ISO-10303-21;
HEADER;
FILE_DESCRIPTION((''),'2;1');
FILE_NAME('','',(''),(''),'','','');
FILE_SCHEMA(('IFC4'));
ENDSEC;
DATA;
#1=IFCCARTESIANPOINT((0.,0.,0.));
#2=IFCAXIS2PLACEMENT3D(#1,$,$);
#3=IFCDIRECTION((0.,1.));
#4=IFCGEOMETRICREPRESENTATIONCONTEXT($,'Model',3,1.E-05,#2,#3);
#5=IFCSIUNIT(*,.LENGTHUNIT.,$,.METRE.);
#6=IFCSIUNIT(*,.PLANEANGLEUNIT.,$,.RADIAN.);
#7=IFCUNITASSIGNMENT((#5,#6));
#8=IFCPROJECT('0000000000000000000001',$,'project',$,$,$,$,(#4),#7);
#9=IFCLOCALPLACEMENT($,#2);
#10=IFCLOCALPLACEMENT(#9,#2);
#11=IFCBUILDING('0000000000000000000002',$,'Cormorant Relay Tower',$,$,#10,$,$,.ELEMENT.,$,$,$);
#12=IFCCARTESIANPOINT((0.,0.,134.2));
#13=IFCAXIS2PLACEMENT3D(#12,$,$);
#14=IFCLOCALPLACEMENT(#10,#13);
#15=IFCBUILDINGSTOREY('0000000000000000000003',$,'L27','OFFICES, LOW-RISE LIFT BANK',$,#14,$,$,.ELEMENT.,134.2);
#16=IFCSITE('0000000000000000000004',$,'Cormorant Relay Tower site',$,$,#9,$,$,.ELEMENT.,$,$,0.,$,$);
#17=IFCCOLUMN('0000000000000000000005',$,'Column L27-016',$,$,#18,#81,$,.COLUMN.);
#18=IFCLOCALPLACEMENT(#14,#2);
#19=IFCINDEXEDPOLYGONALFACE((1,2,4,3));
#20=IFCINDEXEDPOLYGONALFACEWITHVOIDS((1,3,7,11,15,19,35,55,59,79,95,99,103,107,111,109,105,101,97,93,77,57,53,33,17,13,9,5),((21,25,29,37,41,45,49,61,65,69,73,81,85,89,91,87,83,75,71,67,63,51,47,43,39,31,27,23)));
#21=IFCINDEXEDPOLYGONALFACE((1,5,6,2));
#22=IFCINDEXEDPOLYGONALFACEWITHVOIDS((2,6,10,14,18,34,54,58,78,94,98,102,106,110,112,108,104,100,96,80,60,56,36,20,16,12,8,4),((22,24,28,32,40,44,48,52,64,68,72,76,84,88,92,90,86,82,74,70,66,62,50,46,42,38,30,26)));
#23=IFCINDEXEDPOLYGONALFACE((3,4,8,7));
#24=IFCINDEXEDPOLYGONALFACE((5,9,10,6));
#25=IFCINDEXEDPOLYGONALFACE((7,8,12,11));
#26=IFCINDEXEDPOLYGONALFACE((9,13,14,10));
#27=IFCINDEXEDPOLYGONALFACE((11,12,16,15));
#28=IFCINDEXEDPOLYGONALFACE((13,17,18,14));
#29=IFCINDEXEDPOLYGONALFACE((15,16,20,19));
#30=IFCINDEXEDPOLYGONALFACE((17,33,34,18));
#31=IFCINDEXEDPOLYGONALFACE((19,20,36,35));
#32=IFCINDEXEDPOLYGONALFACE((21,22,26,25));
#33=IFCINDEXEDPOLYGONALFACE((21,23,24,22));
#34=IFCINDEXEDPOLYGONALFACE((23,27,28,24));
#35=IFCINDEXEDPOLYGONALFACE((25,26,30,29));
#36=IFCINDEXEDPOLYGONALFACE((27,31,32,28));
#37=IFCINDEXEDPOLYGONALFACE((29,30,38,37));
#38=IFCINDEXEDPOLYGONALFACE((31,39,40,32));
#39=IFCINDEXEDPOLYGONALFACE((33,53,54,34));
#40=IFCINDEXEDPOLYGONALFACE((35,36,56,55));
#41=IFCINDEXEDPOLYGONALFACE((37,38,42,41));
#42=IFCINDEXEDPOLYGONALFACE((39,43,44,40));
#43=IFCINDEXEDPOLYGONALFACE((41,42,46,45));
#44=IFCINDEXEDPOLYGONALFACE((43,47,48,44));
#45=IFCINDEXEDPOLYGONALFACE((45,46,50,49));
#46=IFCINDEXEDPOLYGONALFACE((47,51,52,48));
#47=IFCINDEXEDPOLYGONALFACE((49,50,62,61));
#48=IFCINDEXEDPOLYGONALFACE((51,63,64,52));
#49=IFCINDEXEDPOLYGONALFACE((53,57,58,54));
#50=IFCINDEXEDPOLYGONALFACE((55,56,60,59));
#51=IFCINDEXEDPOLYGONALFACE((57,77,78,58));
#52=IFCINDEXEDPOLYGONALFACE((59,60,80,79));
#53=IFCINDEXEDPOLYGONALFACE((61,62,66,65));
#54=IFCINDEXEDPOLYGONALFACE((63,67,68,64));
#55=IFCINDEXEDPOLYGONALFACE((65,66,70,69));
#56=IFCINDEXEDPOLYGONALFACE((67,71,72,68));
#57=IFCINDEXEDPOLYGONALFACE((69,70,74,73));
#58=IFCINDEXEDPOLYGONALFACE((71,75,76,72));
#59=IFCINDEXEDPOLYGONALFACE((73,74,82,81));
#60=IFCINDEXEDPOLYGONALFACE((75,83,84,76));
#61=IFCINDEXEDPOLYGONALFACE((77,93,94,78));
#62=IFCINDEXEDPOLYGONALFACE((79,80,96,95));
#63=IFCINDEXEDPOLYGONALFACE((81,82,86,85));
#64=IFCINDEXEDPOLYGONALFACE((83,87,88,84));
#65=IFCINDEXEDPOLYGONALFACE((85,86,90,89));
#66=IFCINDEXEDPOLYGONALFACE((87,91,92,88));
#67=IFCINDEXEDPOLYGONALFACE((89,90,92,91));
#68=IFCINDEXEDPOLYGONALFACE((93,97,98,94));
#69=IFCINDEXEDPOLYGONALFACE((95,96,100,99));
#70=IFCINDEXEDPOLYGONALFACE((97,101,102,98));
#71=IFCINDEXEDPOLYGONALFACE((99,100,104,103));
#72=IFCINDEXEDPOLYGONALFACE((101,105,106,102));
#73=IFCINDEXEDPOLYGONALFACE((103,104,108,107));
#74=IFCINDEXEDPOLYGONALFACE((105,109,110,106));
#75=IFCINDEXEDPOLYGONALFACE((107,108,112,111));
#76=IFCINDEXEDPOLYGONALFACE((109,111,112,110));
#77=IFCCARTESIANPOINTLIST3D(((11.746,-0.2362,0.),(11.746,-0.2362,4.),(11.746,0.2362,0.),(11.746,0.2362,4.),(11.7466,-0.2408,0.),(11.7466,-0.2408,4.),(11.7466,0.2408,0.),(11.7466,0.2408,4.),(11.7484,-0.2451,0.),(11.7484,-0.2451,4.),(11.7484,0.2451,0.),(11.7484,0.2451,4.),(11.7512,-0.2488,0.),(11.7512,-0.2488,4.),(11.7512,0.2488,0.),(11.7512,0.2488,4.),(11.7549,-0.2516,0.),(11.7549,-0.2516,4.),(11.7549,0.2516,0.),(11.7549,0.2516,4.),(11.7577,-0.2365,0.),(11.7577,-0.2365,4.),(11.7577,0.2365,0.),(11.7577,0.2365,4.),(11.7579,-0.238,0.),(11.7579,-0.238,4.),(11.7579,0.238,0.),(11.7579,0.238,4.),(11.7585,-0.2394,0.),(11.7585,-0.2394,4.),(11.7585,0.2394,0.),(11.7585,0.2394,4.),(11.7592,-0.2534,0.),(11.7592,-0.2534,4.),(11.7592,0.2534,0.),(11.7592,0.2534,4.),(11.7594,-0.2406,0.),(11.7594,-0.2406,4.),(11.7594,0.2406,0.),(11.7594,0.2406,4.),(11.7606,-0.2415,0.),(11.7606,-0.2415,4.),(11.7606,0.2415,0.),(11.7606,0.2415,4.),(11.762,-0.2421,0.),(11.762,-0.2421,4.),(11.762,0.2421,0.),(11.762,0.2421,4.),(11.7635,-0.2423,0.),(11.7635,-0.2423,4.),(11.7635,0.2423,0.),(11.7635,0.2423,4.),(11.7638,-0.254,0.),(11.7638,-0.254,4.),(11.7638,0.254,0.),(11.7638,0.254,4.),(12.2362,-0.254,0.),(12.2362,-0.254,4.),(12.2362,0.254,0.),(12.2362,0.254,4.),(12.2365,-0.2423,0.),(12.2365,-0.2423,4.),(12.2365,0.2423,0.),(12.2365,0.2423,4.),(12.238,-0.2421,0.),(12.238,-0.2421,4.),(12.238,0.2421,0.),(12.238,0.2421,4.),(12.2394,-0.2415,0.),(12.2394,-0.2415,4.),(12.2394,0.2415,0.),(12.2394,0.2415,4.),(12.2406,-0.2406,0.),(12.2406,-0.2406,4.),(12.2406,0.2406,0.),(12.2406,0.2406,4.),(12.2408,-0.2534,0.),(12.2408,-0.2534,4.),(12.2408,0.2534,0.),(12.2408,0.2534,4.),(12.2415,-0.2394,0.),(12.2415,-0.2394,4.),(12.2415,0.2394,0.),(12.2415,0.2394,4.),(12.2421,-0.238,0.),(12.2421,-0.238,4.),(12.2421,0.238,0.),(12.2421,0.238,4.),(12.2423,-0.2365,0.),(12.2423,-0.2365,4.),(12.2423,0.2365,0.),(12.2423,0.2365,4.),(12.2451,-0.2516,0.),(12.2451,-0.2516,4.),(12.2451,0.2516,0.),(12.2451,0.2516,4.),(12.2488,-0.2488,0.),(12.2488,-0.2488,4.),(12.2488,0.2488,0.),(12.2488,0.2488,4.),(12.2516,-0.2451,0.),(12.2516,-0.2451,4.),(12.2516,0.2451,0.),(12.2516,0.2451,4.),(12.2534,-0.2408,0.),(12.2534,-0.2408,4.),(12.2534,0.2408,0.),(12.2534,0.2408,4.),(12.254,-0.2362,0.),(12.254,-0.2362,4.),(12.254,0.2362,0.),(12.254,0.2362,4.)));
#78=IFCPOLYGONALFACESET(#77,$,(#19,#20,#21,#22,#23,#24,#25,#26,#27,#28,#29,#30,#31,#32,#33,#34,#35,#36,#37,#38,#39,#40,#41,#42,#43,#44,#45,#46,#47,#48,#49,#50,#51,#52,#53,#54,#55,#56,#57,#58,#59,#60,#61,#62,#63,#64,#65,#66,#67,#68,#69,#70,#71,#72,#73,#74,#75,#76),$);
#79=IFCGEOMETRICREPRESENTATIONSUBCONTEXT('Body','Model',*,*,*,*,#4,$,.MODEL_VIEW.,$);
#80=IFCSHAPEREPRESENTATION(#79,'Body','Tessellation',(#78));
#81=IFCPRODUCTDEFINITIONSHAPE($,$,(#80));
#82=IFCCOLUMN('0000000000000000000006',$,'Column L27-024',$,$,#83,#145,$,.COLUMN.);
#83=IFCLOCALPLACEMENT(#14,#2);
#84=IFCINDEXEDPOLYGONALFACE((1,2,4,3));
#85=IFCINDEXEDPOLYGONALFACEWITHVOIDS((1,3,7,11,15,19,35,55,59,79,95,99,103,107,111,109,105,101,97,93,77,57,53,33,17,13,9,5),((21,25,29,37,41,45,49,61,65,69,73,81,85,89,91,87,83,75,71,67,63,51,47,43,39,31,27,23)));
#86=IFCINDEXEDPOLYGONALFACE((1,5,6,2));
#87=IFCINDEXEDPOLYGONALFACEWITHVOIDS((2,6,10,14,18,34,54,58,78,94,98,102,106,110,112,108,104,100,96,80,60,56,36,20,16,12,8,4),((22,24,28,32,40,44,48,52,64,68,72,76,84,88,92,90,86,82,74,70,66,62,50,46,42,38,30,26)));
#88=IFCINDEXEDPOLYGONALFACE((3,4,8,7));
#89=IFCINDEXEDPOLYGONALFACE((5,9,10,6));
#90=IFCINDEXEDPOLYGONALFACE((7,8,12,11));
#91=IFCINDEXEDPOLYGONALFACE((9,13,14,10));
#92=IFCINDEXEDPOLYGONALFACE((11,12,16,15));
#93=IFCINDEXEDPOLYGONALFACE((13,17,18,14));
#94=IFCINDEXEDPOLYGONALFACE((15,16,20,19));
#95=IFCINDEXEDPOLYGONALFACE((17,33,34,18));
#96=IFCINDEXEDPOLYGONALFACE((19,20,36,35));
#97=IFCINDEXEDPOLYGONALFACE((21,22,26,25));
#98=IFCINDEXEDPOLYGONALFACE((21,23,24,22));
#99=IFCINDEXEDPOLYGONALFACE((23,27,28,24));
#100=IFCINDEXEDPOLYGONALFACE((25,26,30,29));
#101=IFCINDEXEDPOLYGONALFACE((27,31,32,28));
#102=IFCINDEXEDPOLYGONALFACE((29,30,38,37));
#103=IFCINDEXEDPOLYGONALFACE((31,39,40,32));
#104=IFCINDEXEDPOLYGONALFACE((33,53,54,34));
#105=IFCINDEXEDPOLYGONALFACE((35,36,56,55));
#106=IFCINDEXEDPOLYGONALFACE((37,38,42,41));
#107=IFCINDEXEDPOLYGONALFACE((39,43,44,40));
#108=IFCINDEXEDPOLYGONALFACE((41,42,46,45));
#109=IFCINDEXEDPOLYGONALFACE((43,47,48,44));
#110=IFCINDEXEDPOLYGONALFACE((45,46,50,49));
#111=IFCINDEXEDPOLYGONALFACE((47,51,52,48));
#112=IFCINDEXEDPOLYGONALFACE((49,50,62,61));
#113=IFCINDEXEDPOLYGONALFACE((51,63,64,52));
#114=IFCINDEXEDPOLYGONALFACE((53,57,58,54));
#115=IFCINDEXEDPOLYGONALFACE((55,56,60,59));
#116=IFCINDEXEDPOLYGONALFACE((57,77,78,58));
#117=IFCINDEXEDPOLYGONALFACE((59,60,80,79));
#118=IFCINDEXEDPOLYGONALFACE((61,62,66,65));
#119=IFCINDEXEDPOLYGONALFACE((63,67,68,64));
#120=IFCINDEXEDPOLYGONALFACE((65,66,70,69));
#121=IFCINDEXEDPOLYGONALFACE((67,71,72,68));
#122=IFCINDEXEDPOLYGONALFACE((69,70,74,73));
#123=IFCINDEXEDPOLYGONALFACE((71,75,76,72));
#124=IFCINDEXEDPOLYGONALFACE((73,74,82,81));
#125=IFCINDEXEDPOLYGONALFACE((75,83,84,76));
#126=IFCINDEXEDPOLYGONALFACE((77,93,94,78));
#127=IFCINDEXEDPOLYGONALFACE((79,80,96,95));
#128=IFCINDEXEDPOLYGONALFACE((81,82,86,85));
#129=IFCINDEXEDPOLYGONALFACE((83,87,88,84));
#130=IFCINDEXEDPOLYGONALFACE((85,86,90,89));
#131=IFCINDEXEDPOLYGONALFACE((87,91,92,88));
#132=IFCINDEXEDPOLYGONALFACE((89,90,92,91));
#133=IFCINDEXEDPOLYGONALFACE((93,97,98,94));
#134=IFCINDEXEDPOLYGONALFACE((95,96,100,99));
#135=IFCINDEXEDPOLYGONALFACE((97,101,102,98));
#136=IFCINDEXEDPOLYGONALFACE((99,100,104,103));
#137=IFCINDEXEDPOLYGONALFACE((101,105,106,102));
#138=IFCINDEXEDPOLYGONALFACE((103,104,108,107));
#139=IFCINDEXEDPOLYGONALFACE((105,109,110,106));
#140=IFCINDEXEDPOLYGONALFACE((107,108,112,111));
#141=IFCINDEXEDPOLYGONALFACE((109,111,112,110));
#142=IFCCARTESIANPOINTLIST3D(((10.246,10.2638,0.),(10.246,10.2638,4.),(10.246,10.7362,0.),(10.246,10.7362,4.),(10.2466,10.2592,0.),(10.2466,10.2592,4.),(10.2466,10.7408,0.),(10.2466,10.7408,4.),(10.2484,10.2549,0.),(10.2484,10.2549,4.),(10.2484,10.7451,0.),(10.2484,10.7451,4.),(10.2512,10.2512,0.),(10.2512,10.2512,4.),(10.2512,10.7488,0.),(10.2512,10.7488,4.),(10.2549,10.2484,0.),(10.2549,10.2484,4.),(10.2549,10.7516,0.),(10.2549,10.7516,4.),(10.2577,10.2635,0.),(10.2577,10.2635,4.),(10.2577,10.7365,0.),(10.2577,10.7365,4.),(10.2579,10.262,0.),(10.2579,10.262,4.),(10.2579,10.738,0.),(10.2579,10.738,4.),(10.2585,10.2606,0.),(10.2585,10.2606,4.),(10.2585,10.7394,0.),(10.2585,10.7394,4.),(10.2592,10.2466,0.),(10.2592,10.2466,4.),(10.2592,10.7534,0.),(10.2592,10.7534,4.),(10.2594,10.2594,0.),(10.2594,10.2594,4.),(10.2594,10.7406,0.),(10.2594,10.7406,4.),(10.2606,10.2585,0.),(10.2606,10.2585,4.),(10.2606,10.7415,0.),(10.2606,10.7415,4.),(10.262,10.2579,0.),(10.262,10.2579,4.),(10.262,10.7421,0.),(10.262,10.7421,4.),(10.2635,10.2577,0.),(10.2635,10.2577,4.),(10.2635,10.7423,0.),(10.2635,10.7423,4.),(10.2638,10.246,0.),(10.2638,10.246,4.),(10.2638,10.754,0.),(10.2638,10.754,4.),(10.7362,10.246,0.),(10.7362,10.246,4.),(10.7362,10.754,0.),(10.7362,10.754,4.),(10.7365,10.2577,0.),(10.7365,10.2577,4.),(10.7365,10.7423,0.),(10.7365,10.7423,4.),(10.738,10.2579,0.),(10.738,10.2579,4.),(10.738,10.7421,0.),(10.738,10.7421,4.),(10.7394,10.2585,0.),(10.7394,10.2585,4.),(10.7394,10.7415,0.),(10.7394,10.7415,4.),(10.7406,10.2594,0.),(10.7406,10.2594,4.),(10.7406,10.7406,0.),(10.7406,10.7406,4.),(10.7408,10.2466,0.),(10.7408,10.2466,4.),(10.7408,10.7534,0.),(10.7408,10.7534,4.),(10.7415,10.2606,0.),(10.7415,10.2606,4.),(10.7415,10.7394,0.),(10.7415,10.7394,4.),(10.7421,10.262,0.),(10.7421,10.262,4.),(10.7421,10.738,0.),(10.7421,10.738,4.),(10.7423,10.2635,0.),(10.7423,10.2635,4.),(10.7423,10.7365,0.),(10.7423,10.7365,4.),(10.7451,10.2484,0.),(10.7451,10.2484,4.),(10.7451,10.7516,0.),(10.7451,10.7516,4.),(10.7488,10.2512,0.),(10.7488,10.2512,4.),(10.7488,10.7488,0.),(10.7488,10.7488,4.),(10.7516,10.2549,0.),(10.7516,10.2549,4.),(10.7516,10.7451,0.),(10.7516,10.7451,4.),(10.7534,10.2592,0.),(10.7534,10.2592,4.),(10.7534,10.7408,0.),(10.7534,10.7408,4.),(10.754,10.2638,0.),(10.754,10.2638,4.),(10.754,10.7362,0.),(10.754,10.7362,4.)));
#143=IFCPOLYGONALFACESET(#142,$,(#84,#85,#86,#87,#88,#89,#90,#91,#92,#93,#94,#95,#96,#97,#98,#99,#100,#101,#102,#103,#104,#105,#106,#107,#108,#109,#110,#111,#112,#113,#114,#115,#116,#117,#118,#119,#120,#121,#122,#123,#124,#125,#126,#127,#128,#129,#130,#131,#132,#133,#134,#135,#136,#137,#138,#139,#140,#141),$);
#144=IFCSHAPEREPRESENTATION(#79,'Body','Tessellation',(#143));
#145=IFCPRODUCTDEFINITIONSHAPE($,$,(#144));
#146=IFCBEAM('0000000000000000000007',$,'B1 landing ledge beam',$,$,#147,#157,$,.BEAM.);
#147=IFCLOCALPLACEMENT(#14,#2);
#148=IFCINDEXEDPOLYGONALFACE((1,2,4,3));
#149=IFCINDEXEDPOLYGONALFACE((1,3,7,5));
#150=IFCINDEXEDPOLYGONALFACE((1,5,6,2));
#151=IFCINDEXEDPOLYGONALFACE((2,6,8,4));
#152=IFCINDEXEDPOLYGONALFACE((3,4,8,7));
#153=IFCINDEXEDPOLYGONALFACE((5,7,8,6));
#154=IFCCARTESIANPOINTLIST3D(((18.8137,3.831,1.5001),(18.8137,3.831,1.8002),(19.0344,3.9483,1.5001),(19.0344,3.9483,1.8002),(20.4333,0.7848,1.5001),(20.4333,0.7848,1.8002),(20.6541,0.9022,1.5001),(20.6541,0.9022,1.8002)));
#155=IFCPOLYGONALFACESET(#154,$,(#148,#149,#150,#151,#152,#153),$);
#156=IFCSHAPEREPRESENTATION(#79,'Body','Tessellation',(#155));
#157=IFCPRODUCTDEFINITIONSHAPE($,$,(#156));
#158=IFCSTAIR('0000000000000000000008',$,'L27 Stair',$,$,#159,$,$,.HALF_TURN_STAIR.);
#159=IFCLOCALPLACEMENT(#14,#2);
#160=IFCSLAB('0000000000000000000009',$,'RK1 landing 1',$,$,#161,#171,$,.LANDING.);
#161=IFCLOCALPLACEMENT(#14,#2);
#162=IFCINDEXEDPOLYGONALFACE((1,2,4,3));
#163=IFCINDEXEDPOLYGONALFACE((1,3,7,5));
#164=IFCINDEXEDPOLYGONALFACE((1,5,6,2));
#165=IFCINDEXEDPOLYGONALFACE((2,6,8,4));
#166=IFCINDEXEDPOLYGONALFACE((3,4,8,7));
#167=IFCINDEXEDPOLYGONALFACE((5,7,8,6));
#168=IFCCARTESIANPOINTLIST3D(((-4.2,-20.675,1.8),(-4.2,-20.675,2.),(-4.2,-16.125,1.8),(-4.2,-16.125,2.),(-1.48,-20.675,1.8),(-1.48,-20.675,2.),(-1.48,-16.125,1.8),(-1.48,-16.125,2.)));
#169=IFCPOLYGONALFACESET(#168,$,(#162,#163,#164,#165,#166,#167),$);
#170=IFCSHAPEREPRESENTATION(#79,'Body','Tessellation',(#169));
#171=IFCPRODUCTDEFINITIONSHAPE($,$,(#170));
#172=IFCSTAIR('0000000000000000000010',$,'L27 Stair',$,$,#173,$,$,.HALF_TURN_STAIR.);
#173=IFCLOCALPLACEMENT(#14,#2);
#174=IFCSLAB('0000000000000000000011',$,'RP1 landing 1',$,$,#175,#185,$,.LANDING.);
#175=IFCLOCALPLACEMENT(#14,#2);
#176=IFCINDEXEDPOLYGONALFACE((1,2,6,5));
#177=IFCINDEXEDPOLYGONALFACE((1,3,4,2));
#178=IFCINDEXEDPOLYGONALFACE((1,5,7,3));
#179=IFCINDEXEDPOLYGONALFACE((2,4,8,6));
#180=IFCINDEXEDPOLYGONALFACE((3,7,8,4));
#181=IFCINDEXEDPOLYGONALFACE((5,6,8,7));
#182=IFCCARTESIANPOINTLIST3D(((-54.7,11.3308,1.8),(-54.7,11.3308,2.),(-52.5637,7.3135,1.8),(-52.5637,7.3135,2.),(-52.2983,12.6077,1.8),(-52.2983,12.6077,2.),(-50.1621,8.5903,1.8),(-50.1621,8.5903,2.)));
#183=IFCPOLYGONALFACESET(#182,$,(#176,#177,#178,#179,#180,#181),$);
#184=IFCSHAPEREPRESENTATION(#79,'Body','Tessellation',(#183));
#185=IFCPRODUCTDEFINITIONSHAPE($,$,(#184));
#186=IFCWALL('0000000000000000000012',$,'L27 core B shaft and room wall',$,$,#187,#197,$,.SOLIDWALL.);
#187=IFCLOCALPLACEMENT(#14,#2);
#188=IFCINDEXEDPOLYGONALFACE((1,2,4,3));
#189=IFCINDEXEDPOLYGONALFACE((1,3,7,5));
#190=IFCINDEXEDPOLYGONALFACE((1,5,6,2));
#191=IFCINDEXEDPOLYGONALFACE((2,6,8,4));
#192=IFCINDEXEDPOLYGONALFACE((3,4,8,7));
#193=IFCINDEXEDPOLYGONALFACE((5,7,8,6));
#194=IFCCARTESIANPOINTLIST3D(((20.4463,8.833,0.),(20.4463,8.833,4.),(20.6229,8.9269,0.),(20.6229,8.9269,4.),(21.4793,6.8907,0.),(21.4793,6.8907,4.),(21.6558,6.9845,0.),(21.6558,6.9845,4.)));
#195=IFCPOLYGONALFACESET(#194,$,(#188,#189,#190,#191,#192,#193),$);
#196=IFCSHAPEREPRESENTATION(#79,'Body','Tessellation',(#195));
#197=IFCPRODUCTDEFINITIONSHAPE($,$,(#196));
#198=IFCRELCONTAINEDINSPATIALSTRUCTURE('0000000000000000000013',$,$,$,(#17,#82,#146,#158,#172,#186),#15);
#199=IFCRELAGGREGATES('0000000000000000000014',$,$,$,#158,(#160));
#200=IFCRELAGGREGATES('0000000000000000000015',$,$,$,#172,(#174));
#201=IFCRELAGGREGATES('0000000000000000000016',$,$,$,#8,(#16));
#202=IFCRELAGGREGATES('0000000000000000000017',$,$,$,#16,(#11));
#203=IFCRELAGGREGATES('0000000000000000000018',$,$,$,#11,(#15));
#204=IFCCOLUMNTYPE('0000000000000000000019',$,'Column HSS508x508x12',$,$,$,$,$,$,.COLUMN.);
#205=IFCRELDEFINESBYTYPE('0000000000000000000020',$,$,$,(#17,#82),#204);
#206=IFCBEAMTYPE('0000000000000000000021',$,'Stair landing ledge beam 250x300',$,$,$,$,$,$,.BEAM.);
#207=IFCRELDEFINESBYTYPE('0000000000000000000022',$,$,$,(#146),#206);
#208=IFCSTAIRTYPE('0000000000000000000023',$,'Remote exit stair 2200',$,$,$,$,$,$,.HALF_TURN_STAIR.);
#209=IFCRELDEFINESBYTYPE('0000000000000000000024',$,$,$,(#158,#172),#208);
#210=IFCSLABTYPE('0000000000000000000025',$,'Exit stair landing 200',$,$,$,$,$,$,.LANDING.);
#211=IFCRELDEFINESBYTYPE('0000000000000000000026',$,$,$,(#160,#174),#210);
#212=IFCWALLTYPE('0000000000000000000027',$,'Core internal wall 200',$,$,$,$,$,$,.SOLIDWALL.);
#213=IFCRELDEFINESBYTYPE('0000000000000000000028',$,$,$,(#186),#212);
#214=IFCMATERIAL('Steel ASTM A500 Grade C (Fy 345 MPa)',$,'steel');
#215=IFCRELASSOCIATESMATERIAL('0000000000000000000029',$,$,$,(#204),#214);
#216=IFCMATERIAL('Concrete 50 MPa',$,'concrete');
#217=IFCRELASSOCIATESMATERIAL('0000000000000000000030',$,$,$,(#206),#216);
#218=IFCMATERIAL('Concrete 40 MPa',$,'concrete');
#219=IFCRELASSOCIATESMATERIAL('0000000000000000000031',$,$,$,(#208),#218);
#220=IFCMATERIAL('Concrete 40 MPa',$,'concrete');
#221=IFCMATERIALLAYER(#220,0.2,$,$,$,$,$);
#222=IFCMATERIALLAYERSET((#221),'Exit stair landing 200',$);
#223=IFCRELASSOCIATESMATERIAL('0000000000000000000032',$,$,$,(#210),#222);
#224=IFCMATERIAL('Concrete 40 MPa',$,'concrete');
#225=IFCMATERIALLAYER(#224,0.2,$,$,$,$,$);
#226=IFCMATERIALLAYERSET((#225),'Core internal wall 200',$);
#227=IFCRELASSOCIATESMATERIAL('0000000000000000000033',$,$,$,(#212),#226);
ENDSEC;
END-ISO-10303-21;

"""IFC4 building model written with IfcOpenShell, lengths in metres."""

from ifc_helpers import new_model, si_unit, direction, frame, frame_2d, origin, origin_2d, place, context, subcontext, project, spatial, polyline, rectangle, hollow_rectangle, outline, extrude, material, layer, layer_set, material_profile, profile_set, type_object, element, aggregate, save


model = new_model("IFC4")

# Units and contexts
model_context = context("Model", 3, precision=1e-05, world=origin(), true_north=direction((0.0, 1.0)))
body_context = subcontext(model_context, "Body", "Model", "MODEL_VIEW")
ifc_project = project(units=[si_unit("LENGTHUNIT", "METRE"), si_unit("PLANEANGLEUNIT", "RADIAN")], contexts=[model_context])

# Site, building, storey
site_placement = place(None, origin())
site = spatial("IfcSite", under=ifc_project, at=site_placement, Name="Cormorant Relay Tower site", CompositionType="ELEMENT", RefElevation=0.0)
building_placement = place(site_placement, origin())
building = spatial("IfcBuilding", under=site, at=building_placement, Name="Cormorant Relay Tower", CompositionType="ELEMENT")
storey_placement = place(building_placement, frame((0.0, 0.0, 134.2)))
storey = spatial("IfcBuildingStorey", under=building, at=storey_placement, Name="L27", Description="OFFICES, LOW-RISE LIFT BANK", CompositionType="ELEMENT", Elevation=134.2)

# Columns
ifc_material_1 = material(Name="Steel ASTM A500 Grade C (Fy 345 MPa)", Category="steel")
ifc_material_profile_1 = material_profile(ifc_material_1, hollow_rectangle(XDim=0.5081, YDim=0.5081, WallThickness=0.0117, InnerFilletRadius=0.0059, OuterFilletRadius=0.0178, at=origin_2d()), Name="HSS508x508x12")
ifc_profile_set_1 = profile_set([ifc_material_profile_1], Name="Steel ASTM A500 Grade C (Fy 345 MPa)")
column_type = type_object("IfcColumnType", Name="Column HSS508x508x12", PredefinedType="COLUMN", material=ifc_profile_set_1)
for number, where, z_axis, x_axis, name in (
    (1, (12.0, 0.0, 0.0), (0.0, 0.0, 1.0), (1.0, 0.0, 0.0), "Column L27-016"),
    (2, (10.5, 10.5, 0.0), (0.0, 0.0, 1.0), (1.0, 0.0, 0.0), "Column L27-024"),
):
    element("IfcColumn", number, at=place(storey_placement, frame(where, z_axis=z_axis, x_axis=x_axis)), inside=storey, type_object=column_type, Name=name, PredefinedType="COLUMN", context=body_context, shape_type="SweptSolid", body=[
        extrude(hollow_rectangle(XDim=0.5081, YDim=0.5081, WallThickness=0.0117, InnerFilletRadius=0.0059, OuterFilletRadius=0.0178, at=origin_2d()), origin(), (0.0, 0.0, 1.0), 4.0),
    ])

# Beam
ifc_material_2 = material(Name="Concrete 50 MPa", Category="concrete")
ifc_material_profile_2 = material_profile(ifc_material_2, rectangle(XDim=0.25, YDim=0.3, at=origin_2d()), Name="RC 250x300")
ifc_profile_set_2 = profile_set([ifc_material_profile_2], Name="Concrete 50 MPa")
beam_type = type_object("IfcBeamType", Name="Stair landing ledge beam 250x300", PredefinedType="BEAM", material=ifc_profile_set_2)
beam_placement = place(storey_placement, frame((18.9241, 3.8896, 1.6501), z_axis=(0.469464, -0.882952, 0.0), x_axis=(0.882952, 0.469464, 0.0)))
element("IfcBeam", 3, at=beam_placement, inside=storey, type_object=beam_type, Name="B1 landing ledge beam", PredefinedType="BEAM", context=body_context, shape_type="SweptSolid", body=[
    extrude(rectangle(XDim=0.25, YDim=0.3, at=origin_2d()), origin(), (0.0, 0.0, 1.0), 3.45),
])

# Stairs, slabs
ifc_material_3 = material(Name="Concrete 40 MPa", Category="concrete")
stair_type = type_object("IfcStairType", Name="Remote exit stair 2200", PredefinedType="HALF_TURN_STAIR", material=ifc_material_3)
stair_1_placement = place(storey_placement, origin())
stair_1 = element("IfcStair", 4, at=stair_1_placement, inside=storey, type_object=stair_type, Name="L27 Stair", PredefinedType="HALF_TURN_STAIR")
ifc_material_4 = material(Name="Concrete 40 MPa", Category="concrete")
ifc_layer_1 = layer(ifc_material_4, 0.2)
ifc_layer_set_1 = layer_set([ifc_layer_1], Name="Exit stair landing 200")
slab_type = type_object("IfcSlabType", Name="Exit stair landing 200", PredefinedType="LANDING", material=ifc_layer_set_1)
slab_1_placement = place(storey_placement, frame((0.0, 0.0, 1.8)))
slab_1 = element("IfcSlab", 5, at=slab_1_placement, type_object=slab_type, Name="RK1 landing 1", PredefinedType="LANDING", context=body_context, shape_type="SweptSolid", body=[
    extrude(outline(polyline([(-1.48, -16.125), (-4.2, -16.125), (-4.2, -20.675), (-1.48, -20.675), (-1.48, -16.125)])), origin(), (0.0, 0.0, 1.0), 0.2),
])
aggregate(stair_1, [slab_1])
stair_2_placement = place(storey_placement, origin())
stair_2 = element("IfcStair", 6, at=stair_2_placement, inside=storey, type_object=stair_type, Name="L27 Stair", PredefinedType="HALF_TURN_STAIR")
slab_2_placement = place(storey_placement, frame((0.0, 0.0, 1.8)))
slab_2 = element("IfcSlab", 7, at=slab_2_placement, type_object=slab_type, Name="RP1 landing 1", PredefinedType="LANDING", context=body_context, shape_type="SweptSolid", body=[
    extrude(outline(polyline([(-52.2983, 12.6077), (-54.7, 11.3308), (-52.5637, 7.3135), (-50.1621, 8.5903), (-52.2983, 12.6077)])), origin(), (0.0, 0.0, 1.0), 0.2),
])
aggregate(stair_2, [slab_2])

# Wall
ifc_material_5 = material(Name="Concrete 40 MPa", Category="concrete")
ifc_layer_2 = layer(ifc_material_5, 0.2)
ifc_layer_set_2 = layer_set([ifc_layer_2], Name="Core internal wall 200")
wall_type_1 = type_object("IfcWallType", Name="Core internal wall 200", PredefinedType="SOLIDWALL", material=ifc_layer_set_2)
wall_1_placement = place(storey_placement, frame((21.5676, 6.9375, 0.0), z_axis=(0.0, 0.0, 1.0), x_axis=(-0.469534, 0.882914, 0.0)))
element("IfcWall", 8, at=wall_1_placement, inside=storey, type_object=wall_type_1, Name="L27 core B shaft and room wall", PredefinedType="SOLIDWALL", context=body_context, shape_type="SweptSolid", body=[
    extrude(rectangle(XDim=2.2, YDim=0.2, at=frame_2d((1.1001, 0.0))), origin(), (0.0, 0.0, 1.0), 4.0),
])

save(model, "model.ifc")
